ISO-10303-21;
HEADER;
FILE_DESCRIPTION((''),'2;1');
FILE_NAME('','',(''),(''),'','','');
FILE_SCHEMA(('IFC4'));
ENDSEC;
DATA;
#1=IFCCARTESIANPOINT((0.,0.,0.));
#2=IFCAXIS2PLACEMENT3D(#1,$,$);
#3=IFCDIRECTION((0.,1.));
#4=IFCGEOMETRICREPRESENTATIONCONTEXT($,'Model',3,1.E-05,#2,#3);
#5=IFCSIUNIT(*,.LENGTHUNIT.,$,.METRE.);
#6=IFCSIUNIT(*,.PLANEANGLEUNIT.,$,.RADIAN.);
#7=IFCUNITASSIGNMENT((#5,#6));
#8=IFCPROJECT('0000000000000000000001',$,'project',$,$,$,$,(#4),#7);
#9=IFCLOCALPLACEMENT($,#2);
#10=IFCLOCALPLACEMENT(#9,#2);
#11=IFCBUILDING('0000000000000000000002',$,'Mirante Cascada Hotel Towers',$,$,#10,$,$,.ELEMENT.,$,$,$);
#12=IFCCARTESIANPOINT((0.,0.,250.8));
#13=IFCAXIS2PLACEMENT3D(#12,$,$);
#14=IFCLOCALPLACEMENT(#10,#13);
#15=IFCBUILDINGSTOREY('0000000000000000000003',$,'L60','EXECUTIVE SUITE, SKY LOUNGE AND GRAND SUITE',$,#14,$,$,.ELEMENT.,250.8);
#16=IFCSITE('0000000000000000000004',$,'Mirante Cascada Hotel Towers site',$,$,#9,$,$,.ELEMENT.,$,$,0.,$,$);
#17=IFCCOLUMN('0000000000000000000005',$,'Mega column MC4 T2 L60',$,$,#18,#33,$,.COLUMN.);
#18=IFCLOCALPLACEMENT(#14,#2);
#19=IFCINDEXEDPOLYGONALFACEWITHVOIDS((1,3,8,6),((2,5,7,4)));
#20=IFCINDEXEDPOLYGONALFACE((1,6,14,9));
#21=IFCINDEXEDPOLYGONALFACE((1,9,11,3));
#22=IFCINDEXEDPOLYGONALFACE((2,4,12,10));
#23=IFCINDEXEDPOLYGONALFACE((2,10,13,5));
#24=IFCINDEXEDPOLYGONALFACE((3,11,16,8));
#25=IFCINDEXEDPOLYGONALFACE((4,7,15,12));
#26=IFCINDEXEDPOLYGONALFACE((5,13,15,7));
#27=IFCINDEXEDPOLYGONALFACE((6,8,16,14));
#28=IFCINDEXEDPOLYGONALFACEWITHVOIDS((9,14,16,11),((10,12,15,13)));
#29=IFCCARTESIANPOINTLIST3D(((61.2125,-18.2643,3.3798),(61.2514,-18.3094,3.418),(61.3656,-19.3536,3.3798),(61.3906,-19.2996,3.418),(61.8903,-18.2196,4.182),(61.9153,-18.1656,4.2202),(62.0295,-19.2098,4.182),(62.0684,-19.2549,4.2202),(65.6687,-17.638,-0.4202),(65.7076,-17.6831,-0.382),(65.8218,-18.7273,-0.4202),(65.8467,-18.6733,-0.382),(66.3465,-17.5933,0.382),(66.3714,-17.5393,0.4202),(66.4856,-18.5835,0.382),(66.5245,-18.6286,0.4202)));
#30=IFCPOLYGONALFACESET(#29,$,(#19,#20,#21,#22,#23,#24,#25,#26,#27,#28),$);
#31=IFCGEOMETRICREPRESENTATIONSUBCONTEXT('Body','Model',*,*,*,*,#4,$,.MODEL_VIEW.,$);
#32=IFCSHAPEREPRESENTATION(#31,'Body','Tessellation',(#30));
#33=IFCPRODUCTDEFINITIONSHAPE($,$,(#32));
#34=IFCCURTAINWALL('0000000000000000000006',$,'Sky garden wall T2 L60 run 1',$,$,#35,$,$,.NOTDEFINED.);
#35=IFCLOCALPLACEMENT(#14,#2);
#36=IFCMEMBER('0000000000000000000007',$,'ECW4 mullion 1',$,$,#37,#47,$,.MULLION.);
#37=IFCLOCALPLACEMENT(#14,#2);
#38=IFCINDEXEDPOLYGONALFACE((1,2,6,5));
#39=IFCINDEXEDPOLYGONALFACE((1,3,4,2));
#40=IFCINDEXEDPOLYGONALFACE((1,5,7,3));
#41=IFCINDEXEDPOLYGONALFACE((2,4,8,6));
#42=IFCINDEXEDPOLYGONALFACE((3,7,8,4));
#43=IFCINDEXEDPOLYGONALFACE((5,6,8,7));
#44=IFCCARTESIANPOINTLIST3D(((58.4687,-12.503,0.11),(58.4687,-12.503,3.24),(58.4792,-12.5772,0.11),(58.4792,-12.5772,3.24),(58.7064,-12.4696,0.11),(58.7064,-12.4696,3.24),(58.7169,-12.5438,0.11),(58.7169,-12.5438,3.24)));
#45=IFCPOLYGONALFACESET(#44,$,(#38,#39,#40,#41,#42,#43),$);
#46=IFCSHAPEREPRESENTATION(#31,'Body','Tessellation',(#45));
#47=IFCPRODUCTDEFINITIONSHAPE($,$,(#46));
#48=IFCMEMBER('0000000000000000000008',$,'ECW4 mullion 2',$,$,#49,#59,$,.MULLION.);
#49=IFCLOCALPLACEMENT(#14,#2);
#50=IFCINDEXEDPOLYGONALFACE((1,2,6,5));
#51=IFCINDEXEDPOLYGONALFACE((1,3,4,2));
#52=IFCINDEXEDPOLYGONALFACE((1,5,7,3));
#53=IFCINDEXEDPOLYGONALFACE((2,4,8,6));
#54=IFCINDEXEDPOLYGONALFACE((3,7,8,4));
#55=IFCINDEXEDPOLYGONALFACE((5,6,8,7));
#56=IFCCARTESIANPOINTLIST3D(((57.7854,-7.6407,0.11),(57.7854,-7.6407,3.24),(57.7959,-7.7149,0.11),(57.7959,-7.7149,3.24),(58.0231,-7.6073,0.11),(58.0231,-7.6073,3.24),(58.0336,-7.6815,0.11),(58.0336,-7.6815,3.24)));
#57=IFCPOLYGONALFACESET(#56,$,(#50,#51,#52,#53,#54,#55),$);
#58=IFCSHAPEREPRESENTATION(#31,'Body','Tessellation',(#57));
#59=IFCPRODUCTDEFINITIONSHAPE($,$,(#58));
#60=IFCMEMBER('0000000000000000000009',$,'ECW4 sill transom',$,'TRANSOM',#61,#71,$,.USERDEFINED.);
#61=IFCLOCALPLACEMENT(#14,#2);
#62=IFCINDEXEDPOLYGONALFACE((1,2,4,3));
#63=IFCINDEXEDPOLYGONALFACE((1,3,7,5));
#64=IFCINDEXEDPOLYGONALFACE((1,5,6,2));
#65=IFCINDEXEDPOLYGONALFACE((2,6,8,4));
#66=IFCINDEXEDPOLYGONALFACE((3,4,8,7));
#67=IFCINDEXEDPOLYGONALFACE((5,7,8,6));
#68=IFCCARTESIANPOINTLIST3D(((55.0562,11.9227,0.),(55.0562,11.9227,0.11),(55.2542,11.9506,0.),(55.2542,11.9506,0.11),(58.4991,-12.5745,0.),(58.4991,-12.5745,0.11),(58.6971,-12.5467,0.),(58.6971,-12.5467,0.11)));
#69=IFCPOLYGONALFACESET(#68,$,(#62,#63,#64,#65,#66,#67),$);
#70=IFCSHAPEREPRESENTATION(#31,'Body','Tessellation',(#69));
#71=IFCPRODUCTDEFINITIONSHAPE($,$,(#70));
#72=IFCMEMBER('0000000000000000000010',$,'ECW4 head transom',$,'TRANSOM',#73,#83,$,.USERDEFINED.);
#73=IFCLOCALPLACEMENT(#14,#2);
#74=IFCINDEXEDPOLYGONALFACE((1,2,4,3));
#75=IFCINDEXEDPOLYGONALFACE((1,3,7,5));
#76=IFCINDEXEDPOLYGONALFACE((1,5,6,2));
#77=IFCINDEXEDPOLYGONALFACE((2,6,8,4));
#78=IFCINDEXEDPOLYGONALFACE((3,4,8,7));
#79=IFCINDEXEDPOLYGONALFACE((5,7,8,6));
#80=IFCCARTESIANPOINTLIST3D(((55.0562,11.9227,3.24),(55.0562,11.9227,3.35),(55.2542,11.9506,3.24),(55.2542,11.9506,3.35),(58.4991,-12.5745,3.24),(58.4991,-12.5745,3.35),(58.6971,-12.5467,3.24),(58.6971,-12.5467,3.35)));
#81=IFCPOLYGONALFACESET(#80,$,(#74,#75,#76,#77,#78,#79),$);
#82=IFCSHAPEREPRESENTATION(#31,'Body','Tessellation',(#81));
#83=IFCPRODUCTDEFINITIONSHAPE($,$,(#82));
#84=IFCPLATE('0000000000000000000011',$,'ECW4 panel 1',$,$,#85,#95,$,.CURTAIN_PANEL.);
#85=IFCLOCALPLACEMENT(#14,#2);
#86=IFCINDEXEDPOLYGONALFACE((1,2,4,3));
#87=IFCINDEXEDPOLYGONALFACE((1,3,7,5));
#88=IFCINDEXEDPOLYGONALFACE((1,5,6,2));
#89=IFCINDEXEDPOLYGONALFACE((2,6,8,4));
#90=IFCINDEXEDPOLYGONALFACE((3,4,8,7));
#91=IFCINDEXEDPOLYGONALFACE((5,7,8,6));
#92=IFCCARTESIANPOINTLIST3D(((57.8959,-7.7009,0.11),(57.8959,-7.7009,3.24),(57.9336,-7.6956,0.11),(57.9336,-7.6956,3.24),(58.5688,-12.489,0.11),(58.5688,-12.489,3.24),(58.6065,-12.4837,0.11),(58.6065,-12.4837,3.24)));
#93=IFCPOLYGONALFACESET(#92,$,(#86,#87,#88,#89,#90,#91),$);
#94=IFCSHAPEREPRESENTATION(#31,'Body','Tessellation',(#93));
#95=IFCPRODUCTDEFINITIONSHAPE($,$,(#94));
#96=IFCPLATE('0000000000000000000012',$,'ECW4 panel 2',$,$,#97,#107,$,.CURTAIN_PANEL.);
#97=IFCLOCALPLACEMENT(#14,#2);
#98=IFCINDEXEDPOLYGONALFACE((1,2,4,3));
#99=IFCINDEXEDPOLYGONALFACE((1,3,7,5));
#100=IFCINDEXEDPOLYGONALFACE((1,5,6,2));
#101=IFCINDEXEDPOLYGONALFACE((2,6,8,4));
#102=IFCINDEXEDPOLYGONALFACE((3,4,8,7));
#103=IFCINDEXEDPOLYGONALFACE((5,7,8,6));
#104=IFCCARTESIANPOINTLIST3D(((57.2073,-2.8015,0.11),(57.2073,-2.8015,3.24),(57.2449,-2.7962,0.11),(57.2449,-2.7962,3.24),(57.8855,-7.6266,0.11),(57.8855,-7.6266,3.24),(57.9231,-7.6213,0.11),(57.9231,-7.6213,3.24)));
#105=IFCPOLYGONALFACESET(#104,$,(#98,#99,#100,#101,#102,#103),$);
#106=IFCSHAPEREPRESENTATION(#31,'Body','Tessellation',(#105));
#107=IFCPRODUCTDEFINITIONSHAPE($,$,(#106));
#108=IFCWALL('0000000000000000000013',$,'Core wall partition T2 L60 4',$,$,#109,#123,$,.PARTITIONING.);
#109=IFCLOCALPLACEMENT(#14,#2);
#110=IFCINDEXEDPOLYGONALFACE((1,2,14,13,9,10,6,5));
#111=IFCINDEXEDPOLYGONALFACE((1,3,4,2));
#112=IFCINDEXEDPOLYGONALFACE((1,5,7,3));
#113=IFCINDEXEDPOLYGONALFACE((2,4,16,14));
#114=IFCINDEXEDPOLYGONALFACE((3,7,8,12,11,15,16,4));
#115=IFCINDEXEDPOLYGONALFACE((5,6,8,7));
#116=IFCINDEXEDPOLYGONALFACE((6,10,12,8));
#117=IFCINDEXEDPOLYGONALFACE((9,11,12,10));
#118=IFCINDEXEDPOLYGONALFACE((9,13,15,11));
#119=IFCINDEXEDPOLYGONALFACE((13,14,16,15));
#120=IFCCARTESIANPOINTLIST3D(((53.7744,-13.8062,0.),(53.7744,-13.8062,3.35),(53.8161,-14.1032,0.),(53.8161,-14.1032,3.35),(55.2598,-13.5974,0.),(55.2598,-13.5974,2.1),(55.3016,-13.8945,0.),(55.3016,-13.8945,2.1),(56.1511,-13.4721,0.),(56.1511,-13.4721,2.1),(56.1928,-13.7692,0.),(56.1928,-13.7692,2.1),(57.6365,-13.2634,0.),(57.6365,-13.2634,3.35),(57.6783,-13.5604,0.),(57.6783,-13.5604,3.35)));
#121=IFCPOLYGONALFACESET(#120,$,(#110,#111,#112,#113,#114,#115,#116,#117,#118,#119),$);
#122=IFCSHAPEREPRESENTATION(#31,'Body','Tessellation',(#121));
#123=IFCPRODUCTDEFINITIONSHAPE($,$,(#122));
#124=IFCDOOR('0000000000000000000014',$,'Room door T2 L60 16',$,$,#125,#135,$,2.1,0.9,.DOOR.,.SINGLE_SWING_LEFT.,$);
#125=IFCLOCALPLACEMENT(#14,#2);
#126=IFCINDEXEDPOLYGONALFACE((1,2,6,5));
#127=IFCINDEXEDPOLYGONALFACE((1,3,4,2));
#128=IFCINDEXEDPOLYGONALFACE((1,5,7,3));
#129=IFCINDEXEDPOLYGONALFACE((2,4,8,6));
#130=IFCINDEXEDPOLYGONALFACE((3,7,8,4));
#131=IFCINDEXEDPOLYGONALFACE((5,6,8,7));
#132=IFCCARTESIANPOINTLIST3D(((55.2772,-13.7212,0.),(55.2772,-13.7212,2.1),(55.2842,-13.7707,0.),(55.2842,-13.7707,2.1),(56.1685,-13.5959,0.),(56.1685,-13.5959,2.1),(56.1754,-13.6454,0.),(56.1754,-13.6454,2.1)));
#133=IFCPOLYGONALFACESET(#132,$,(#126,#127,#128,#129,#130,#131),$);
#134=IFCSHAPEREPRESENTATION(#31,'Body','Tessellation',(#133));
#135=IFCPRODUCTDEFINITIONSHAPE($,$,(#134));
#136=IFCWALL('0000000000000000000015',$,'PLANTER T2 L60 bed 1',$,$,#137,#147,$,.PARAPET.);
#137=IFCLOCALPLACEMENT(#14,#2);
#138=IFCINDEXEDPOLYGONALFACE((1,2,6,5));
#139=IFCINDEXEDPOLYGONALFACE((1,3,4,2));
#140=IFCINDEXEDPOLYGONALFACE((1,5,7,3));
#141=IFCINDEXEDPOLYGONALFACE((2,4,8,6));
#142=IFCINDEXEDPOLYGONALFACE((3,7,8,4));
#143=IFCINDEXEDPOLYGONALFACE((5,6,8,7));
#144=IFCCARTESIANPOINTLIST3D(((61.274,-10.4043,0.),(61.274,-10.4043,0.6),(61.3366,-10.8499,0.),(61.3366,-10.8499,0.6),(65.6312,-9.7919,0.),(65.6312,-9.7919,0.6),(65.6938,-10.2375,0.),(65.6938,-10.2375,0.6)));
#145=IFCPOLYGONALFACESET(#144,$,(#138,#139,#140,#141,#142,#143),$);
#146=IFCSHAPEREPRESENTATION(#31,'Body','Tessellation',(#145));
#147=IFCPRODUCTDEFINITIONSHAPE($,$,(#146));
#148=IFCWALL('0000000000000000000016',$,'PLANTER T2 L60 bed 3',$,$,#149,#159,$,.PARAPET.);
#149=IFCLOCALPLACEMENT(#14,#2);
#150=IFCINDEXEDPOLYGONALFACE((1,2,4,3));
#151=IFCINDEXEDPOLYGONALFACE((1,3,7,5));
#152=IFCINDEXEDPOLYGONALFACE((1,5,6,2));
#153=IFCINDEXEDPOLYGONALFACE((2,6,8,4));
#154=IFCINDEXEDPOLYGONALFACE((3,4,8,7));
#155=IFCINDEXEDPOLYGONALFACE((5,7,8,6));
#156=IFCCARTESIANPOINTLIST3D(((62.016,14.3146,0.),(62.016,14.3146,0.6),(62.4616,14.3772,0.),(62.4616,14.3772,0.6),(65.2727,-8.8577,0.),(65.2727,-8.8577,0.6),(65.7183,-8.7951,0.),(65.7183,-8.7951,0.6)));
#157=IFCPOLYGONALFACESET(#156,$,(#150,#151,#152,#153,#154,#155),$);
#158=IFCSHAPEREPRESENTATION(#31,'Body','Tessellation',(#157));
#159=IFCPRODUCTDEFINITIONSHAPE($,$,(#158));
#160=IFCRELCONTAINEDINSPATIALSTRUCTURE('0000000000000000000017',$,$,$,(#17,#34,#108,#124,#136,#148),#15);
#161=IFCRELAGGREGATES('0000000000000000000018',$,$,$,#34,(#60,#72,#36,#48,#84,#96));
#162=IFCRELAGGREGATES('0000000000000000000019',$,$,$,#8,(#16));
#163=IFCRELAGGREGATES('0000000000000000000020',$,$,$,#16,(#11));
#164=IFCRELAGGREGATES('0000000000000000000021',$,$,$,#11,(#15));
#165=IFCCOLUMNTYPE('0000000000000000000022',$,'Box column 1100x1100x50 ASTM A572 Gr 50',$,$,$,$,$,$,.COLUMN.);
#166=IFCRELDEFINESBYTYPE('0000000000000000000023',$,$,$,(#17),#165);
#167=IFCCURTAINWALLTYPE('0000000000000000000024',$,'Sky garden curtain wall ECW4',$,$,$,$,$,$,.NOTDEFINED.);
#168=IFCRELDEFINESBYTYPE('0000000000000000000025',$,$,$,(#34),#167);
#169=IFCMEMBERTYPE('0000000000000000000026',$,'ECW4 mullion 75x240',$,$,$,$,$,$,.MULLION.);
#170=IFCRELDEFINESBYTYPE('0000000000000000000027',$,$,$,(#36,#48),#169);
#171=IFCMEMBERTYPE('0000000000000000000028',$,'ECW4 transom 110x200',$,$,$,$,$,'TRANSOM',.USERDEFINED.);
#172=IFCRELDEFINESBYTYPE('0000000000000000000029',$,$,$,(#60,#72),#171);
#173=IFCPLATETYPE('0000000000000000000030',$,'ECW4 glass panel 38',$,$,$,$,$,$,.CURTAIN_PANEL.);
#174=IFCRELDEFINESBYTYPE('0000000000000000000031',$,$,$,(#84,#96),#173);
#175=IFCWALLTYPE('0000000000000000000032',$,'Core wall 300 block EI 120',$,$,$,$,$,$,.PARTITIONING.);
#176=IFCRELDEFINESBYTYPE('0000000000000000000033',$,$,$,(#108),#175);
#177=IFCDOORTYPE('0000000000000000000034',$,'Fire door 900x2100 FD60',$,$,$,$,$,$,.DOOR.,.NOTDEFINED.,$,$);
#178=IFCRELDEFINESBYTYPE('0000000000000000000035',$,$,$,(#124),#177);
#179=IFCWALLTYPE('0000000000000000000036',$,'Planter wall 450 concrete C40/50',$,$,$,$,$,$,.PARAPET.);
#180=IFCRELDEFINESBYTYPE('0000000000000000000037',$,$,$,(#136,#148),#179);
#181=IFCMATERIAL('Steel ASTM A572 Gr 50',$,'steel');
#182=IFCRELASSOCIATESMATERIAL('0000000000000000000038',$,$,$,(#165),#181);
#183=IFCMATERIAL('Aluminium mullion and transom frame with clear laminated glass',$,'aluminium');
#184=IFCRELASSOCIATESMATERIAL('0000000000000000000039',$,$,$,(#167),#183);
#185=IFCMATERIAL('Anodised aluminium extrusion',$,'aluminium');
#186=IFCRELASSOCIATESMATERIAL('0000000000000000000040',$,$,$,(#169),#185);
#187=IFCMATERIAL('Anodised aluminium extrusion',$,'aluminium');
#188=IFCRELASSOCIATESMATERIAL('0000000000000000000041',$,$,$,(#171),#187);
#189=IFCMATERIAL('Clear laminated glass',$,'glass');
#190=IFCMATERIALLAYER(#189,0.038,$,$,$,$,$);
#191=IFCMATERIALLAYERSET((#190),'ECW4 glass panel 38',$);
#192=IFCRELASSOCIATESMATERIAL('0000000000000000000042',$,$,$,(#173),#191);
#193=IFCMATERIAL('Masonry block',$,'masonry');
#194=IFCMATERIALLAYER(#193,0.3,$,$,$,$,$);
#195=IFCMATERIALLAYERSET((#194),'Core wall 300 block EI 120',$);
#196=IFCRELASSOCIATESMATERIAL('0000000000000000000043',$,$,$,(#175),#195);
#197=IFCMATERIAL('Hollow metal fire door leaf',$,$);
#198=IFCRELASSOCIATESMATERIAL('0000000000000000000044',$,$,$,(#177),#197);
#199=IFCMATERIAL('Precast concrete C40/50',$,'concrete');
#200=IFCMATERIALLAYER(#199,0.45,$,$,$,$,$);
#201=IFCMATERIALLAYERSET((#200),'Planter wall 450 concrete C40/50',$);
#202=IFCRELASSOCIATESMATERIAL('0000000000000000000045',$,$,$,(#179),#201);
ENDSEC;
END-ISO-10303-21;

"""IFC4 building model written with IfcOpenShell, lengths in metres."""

from ifc_helpers import new_model, si_unit, direction, frame, frame_2d, origin, origin_2d, place, context, subcontext, project, spatial, rectangle, hollow_rectangle, extrude, material, layer, layer_set, material_profile, profile_set, type_object, element, fill, aggregate, save


model = new_model("IFC4")

# Units and contexts
model_context = context("Model", 3, precision=1e-05, world=origin(), true_north=direction((0.0, 1.0)))
body_context = subcontext(model_context, "Body", "Model", "MODEL_VIEW")
ifc_project = project(units=[si_unit("LENGTHUNIT", "METRE"), si_unit("PLANEANGLEUNIT", "RADIAN")], contexts=[model_context])

# Site, building, storey
site_placement = place(None, origin())
site = spatial("IfcSite", under=ifc_project, at=site_placement, Name="Mirante Cascada Hotel Towers site", CompositionType="ELEMENT", RefElevation=0.0)
building_placement = place(site_placement, origin())
building = spatial("IfcBuilding", under=site, at=building_placement, Name="Mirante Cascada Hotel Towers", CompositionType="ELEMENT")
storey_placement = place(building_placement, frame((0.0, 0.0, 250.8)))
storey = spatial("IfcBuildingStorey", under=building, at=storey_placement, Name="L60", Description="EXECUTIVE SUITE, SKY LOUNGE AND GRAND SUITE", CompositionType="ELEMENT", Elevation=250.8)

# Column
ifc_material_1 = material(Name="Steel ASTM A572 Gr 50", Category="steel")
ifc_material_profile_1 = material_profile(ifc_material_1, hollow_rectangle(XDim=1.1, YDim=1.1, WallThickness=0.05, at=origin_2d()), Name="Box column 1100x1100x50 ASTM A572 Gr 50")
ifc_profile_set_1 = profile_set([ifc_material_profile_1], Name="Steel ASTM A572 Gr 50")
column_type = type_object("IfcColumnType", Name="Box column 1100x1100x50 ASTM A572 Gr 50", PredefinedType="COLUMN", material=ifc_profile_set_1)
column_placement = place(storey_placement, frame((66.0966, -18.1333, 0.0), z_axis=(-0.756594, -0.106336, 0.645181), x_axis=(0.139178, -0.990267, 0.0)))
element("IfcColumn", 1, at=column_placement, inside=storey, type_object=column_type, Name="Mega column MC4 T2 L60", PredefinedType="COLUMN", context=body_context, shape_type="SweptSolid", body=[
    extrude(hollow_rectangle(XDim=1.1, YDim=1.1, WallThickness=0.05, at=origin_2d()), origin(), (0.0, 0.0, 1.0), 5.8898),
])

# Curtain wall, members, plates
ifc_material_2 = material(Name="Aluminium mullion and transom frame with clear laminated glass", Category="aluminium")
curtain_wall_type = type_object("IfcCurtainWallType", Name="Sky garden curtain wall ECW4", PredefinedType="NOTDEFINED", material=ifc_material_2)
curtain_wall_placement = place(storey_placement, origin())
curtain_wall = element("IfcCurtainWall", 2, at=curtain_wall_placement, inside=storey, type_object=curtain_wall_type, Name="Sky garden wall T2 L60 run 1", PredefinedType="NOTDEFINED")
ifc_material_3 = material(Name="Anodised aluminium extrusion", Category="aluminium")
ifc_material_profile_2 = material_profile(ifc_material_3, rectangle(XDim=0.24, YDim=0.075, at=origin_2d()), Name="ECW4 MULLION 75x240")
ifc_profile_set_2 = profile_set([ifc_material_profile_2], Name="Anodised aluminium extrusion")
member_type_1 = type_object("IfcMemberType", Name="ECW4 mullion 75x240", PredefinedType="MULLION", material=ifc_profile_set_2)
member_1_placement = place(storey_placement, frame((58.5928, -12.5234, 0.11), z_axis=(0.0, 0.0, 1.0), x_axis=(-0.990268, -0.139173, 0.0)))
member_1 = element("IfcMember", 3, at=member_1_placement, type_object=member_type_1, Name="ECW4 mullion 1", PredefinedType="MULLION", context=body_context, shape_type="SweptSolid", body=[
    extrude(rectangle(XDim=0.24, YDim=0.075, at=origin_2d()), origin(), (0.0, 0.0, 1.0), 3.13),
])
member_2_placement = place(storey_placement, frame((57.9095, -7.6611, 0.11), z_axis=(0.0, 0.0, 1.0), x_axis=(-0.990268, -0.139173, 0.0)))
member_2 = element("IfcMember", 4, at=member_2_placement, type_object=member_type_1, Name="ECW4 mullion 2", PredefinedType="MULLION", context=body_context, shape_type="SweptSolid", body=[
    extrude(rectangle(XDim=0.24, YDim=0.075, at=origin_2d()), origin(), (0.0, 0.0, 1.0), 3.13),
])
ifc_material_4 = material(Name="Anodised aluminium extrusion", Category="aluminium")
ifc_material_profile_3 = material_profile(ifc_material_4, rectangle(XDim=0.2, YDim=0.11, at=origin_2d()), Name="ECW4 TRANSOM 110x200")
ifc_profile_set_3 = profile_set([ifc_material_profile_3], Name="Anodised aluminium extrusion")
member_type_2 = type_object("IfcMemberType", Name="ECW4 transom 110x200", ElementType="TRANSOM", PredefinedType="USERDEFINED", material=ifc_profile_set_3)
member_3_placement = place(storey_placement, frame((58.5981, -12.5606, 0.055), z_axis=(-0.139175, 0.990268, 0.0), x_axis=(-0.990268, -0.139175, 0.0)))
member_3 = element("IfcMember", 5, at=member_3_placement, type_object=member_type_2, Name="ECW4 sill transom", ObjectType="TRANSOM", PredefinedType="USERDEFINED", context=body_context, shape_type="SweptSolid", body=[
    extrude(rectangle(XDim=0.2, YDim=0.11, at=origin_2d()), origin(), (0.0, 0.0, 1.0), 24.738),
])
member_4_placement = place(storey_placement, frame((58.5981, -12.5606, 3.295), z_axis=(-0.139175, 0.990268, 0.0), x_axis=(-0.990268, -0.139175, 0.0)))
member_4 = element("IfcMember", 6, at=member_4_placement, type_object=member_type_2, Name="ECW4 head transom", ObjectType="TRANSOM", PredefinedType="USERDEFINED", context=body_context, shape_type="SweptSolid", body=[
    extrude(rectangle(XDim=0.2, YDim=0.11, at=origin_2d()), origin(), (0.0, 0.0, 1.0), 24.738),
])
ifc_material_5 = material(Name="Clear laminated glass", Category="glass")
ifc_layer_1 = layer(ifc_material_5, 0.038)
ifc_layer_set_1 = layer_set([ifc_layer_1], Name="ECW4 glass panel 38")
plate_type = type_object("IfcPlateType", Name="ECW4 glass panel 38", PredefinedType="CURTAIN_PANEL", material=ifc_layer_set_1)
plate_1_placement = place(storey_placement, frame((58.2512, -10.0923, 0.11), z_axis=(0.0, 0.0, 1.0), x_axis=(-0.139173, 0.990268, 0.0)))
plate_1 = element("IfcPlate", 7, at=plate_1_placement, type_object=plate_type, Name="ECW4 panel 1", PredefinedType="CURTAIN_PANEL", context=body_context, shape_type="SweptSolid", body=[
    extrude(rectangle(XDim=4.8351, YDim=0.038, at=origin_2d()), origin(), (0.0, 0.0, 1.0), 3.13),
])
plate_2_placement = place(storey_placement, frame((57.5652, -5.2114, 0.11), z_axis=(0.0, 0.0, 1.0), x_axis=(-0.139173, 0.990268, 0.0)))
plate_2 = element("IfcPlate", 8, at=plate_2_placement, type_object=plate_type, Name="ECW4 panel 2", PredefinedType="CURTAIN_PANEL", context=body_context, shape_type="SweptSolid", body=[
    extrude(rectangle(XDim=4.8726, YDim=0.038, at=origin_2d()), origin(), (0.0, 0.0, 1.0), 3.13),
])
aggregate(curtain_wall, [member_3, member_4, member_1, member_2, plate_1, plate_2])

# Wall, opening, door
ifc_material_6 = material(Name="Masonry block", Category="masonry")
ifc_layer_2 = layer(ifc_material_6, 0.3)
ifc_layer_set_2 = layer_set([ifc_layer_2], Name="Core wall 300 block EI 120")
wall_type_1 = type_object("IfcWallType", Name="Core wall 300 block EI 120", PredefinedType="PARTITIONING", material=ifc_layer_set_2)
wall_1_placement = place(storey_placement, frame((53.7953, -13.9547, 0.0), z_axis=(0.0, 0.0, 1.0), x_axis=(0.990267, 0.139177, 0.0)))
wall_1 = element("IfcWall", 9, at=wall_1_placement, inside=storey, type_object=wall_type_1, Name="Core wall partition T2 L60 4", PredefinedType="PARTITIONING", context=body_context, shape_type="SweptSolid", body=[
    extrude(rectangle(XDim=3.9001, YDim=0.3, at=frame_2d((1.95, 0.0))), origin(), (0.0, 0.0, 1.0), 3.35),
])
opening_1_placement = place(wall_1_placement, frame((1.5, 0.0, 0.0)))
opening_1 = element("IfcOpeningElement", 10, at=opening_1_placement, cuts=wall_1, PredefinedType="OPENING", context=body_context, shape_type="SweptSolid", body=[
    extrude(rectangle(XDim=0.9, YDim=2.1, at=frame_2d((0.45, 1.05))), frame((0.0, 0.15, 0.0), z_axis=(0.0, -1.0, 0.0), x_axis=(1.0, 0.0, 0.0)), (0.0, 0.0, 1.0), 0.3),
])
ifc_material_7 = material(Name="Hollow metal fire door leaf")
door_type_1 = type_object("IfcDoorType", Name="Fire door 900x2100 FD60", OperationType="NOTDEFINED", PredefinedType="DOOR", material=ifc_material_7)
door_1_placement = place(opening_1_placement, frame((0.9, 0.0, 0.0), z_axis=(0.0, 0.0, 1.0), x_axis=(-1.0, 0.0, 0.0)))
door_1 = element("IfcDoor", 11, at=door_1_placement, inside=storey, type_object=door_type_1, Name="Room door T2 L60 16", OperationType="SINGLE_SWING_LEFT", OverallHeight=2.1, OverallWidth=0.9, PredefinedType="DOOR", context=body_context, shape_type="SweptSolid", body=[
    extrude(rectangle(XDim=0.9, YDim=2.1, at=frame_2d((0.45, 1.05))), frame((0.0, 0.025, 0.0), z_axis=(0.0, -1.0, 0.0), x_axis=(1.0, 0.0, 0.0)), (0.0, 0.0, 1.0), 0.05),
])
fill(opening_1, door_1)

# Walls
ifc_material_8 = material(Name="Precast concrete C40/50", Category="concrete")
ifc_layer_3 = layer(ifc_material_8, 0.45)
ifc_layer_set_3 = layer_set([ifc_layer_3], Name="Planter wall 450 concrete C40/50")
wall_type_2 = type_object("IfcWallType", Name="Planter wall 450 concrete C40/50", PredefinedType="PARAPET", material=ifc_layer_set_3)
wall_2_placement = place(storey_placement, frame((61.3053, -10.6271, 0.0), z_axis=(0.0, 0.0, 1.0), x_axis=(0.990267, 0.139181, 0.0)))
element("IfcWall", 12, at=wall_2_placement, inside=storey, type_object=wall_type_2, Name="PLANTER T2 L60 bed 1", PredefinedType="PARAPET", context=body_context, shape_type="SweptSolid", body=[
    extrude(rectangle(XDim=4.4, YDim=0.45, at=frame_2d((2.2, 0.0))), origin(), (0.0, 0.0, 1.0), 0.6),
])
wall_3_placement = place(storey_placement, frame((65.4955, -8.8264, 0.0), z_axis=(0.0, 0.0, 1.0), x_axis=(-0.139175, 0.990268, 0.0)))
element("IfcWall", 13, at=wall_3_placement, inside=storey, type_object=wall_type_2, Name="PLANTER T2 L60 bed 3", PredefinedType="PARAPET", context=body_context, shape_type="SweptSolid", body=[
    extrude(rectangle(XDim=23.4, YDim=0.45, at=frame_2d((11.7, 0.0))), origin(), (0.0, 0.0, 1.0), 0.6),
])

save(model, "model.ifc")
